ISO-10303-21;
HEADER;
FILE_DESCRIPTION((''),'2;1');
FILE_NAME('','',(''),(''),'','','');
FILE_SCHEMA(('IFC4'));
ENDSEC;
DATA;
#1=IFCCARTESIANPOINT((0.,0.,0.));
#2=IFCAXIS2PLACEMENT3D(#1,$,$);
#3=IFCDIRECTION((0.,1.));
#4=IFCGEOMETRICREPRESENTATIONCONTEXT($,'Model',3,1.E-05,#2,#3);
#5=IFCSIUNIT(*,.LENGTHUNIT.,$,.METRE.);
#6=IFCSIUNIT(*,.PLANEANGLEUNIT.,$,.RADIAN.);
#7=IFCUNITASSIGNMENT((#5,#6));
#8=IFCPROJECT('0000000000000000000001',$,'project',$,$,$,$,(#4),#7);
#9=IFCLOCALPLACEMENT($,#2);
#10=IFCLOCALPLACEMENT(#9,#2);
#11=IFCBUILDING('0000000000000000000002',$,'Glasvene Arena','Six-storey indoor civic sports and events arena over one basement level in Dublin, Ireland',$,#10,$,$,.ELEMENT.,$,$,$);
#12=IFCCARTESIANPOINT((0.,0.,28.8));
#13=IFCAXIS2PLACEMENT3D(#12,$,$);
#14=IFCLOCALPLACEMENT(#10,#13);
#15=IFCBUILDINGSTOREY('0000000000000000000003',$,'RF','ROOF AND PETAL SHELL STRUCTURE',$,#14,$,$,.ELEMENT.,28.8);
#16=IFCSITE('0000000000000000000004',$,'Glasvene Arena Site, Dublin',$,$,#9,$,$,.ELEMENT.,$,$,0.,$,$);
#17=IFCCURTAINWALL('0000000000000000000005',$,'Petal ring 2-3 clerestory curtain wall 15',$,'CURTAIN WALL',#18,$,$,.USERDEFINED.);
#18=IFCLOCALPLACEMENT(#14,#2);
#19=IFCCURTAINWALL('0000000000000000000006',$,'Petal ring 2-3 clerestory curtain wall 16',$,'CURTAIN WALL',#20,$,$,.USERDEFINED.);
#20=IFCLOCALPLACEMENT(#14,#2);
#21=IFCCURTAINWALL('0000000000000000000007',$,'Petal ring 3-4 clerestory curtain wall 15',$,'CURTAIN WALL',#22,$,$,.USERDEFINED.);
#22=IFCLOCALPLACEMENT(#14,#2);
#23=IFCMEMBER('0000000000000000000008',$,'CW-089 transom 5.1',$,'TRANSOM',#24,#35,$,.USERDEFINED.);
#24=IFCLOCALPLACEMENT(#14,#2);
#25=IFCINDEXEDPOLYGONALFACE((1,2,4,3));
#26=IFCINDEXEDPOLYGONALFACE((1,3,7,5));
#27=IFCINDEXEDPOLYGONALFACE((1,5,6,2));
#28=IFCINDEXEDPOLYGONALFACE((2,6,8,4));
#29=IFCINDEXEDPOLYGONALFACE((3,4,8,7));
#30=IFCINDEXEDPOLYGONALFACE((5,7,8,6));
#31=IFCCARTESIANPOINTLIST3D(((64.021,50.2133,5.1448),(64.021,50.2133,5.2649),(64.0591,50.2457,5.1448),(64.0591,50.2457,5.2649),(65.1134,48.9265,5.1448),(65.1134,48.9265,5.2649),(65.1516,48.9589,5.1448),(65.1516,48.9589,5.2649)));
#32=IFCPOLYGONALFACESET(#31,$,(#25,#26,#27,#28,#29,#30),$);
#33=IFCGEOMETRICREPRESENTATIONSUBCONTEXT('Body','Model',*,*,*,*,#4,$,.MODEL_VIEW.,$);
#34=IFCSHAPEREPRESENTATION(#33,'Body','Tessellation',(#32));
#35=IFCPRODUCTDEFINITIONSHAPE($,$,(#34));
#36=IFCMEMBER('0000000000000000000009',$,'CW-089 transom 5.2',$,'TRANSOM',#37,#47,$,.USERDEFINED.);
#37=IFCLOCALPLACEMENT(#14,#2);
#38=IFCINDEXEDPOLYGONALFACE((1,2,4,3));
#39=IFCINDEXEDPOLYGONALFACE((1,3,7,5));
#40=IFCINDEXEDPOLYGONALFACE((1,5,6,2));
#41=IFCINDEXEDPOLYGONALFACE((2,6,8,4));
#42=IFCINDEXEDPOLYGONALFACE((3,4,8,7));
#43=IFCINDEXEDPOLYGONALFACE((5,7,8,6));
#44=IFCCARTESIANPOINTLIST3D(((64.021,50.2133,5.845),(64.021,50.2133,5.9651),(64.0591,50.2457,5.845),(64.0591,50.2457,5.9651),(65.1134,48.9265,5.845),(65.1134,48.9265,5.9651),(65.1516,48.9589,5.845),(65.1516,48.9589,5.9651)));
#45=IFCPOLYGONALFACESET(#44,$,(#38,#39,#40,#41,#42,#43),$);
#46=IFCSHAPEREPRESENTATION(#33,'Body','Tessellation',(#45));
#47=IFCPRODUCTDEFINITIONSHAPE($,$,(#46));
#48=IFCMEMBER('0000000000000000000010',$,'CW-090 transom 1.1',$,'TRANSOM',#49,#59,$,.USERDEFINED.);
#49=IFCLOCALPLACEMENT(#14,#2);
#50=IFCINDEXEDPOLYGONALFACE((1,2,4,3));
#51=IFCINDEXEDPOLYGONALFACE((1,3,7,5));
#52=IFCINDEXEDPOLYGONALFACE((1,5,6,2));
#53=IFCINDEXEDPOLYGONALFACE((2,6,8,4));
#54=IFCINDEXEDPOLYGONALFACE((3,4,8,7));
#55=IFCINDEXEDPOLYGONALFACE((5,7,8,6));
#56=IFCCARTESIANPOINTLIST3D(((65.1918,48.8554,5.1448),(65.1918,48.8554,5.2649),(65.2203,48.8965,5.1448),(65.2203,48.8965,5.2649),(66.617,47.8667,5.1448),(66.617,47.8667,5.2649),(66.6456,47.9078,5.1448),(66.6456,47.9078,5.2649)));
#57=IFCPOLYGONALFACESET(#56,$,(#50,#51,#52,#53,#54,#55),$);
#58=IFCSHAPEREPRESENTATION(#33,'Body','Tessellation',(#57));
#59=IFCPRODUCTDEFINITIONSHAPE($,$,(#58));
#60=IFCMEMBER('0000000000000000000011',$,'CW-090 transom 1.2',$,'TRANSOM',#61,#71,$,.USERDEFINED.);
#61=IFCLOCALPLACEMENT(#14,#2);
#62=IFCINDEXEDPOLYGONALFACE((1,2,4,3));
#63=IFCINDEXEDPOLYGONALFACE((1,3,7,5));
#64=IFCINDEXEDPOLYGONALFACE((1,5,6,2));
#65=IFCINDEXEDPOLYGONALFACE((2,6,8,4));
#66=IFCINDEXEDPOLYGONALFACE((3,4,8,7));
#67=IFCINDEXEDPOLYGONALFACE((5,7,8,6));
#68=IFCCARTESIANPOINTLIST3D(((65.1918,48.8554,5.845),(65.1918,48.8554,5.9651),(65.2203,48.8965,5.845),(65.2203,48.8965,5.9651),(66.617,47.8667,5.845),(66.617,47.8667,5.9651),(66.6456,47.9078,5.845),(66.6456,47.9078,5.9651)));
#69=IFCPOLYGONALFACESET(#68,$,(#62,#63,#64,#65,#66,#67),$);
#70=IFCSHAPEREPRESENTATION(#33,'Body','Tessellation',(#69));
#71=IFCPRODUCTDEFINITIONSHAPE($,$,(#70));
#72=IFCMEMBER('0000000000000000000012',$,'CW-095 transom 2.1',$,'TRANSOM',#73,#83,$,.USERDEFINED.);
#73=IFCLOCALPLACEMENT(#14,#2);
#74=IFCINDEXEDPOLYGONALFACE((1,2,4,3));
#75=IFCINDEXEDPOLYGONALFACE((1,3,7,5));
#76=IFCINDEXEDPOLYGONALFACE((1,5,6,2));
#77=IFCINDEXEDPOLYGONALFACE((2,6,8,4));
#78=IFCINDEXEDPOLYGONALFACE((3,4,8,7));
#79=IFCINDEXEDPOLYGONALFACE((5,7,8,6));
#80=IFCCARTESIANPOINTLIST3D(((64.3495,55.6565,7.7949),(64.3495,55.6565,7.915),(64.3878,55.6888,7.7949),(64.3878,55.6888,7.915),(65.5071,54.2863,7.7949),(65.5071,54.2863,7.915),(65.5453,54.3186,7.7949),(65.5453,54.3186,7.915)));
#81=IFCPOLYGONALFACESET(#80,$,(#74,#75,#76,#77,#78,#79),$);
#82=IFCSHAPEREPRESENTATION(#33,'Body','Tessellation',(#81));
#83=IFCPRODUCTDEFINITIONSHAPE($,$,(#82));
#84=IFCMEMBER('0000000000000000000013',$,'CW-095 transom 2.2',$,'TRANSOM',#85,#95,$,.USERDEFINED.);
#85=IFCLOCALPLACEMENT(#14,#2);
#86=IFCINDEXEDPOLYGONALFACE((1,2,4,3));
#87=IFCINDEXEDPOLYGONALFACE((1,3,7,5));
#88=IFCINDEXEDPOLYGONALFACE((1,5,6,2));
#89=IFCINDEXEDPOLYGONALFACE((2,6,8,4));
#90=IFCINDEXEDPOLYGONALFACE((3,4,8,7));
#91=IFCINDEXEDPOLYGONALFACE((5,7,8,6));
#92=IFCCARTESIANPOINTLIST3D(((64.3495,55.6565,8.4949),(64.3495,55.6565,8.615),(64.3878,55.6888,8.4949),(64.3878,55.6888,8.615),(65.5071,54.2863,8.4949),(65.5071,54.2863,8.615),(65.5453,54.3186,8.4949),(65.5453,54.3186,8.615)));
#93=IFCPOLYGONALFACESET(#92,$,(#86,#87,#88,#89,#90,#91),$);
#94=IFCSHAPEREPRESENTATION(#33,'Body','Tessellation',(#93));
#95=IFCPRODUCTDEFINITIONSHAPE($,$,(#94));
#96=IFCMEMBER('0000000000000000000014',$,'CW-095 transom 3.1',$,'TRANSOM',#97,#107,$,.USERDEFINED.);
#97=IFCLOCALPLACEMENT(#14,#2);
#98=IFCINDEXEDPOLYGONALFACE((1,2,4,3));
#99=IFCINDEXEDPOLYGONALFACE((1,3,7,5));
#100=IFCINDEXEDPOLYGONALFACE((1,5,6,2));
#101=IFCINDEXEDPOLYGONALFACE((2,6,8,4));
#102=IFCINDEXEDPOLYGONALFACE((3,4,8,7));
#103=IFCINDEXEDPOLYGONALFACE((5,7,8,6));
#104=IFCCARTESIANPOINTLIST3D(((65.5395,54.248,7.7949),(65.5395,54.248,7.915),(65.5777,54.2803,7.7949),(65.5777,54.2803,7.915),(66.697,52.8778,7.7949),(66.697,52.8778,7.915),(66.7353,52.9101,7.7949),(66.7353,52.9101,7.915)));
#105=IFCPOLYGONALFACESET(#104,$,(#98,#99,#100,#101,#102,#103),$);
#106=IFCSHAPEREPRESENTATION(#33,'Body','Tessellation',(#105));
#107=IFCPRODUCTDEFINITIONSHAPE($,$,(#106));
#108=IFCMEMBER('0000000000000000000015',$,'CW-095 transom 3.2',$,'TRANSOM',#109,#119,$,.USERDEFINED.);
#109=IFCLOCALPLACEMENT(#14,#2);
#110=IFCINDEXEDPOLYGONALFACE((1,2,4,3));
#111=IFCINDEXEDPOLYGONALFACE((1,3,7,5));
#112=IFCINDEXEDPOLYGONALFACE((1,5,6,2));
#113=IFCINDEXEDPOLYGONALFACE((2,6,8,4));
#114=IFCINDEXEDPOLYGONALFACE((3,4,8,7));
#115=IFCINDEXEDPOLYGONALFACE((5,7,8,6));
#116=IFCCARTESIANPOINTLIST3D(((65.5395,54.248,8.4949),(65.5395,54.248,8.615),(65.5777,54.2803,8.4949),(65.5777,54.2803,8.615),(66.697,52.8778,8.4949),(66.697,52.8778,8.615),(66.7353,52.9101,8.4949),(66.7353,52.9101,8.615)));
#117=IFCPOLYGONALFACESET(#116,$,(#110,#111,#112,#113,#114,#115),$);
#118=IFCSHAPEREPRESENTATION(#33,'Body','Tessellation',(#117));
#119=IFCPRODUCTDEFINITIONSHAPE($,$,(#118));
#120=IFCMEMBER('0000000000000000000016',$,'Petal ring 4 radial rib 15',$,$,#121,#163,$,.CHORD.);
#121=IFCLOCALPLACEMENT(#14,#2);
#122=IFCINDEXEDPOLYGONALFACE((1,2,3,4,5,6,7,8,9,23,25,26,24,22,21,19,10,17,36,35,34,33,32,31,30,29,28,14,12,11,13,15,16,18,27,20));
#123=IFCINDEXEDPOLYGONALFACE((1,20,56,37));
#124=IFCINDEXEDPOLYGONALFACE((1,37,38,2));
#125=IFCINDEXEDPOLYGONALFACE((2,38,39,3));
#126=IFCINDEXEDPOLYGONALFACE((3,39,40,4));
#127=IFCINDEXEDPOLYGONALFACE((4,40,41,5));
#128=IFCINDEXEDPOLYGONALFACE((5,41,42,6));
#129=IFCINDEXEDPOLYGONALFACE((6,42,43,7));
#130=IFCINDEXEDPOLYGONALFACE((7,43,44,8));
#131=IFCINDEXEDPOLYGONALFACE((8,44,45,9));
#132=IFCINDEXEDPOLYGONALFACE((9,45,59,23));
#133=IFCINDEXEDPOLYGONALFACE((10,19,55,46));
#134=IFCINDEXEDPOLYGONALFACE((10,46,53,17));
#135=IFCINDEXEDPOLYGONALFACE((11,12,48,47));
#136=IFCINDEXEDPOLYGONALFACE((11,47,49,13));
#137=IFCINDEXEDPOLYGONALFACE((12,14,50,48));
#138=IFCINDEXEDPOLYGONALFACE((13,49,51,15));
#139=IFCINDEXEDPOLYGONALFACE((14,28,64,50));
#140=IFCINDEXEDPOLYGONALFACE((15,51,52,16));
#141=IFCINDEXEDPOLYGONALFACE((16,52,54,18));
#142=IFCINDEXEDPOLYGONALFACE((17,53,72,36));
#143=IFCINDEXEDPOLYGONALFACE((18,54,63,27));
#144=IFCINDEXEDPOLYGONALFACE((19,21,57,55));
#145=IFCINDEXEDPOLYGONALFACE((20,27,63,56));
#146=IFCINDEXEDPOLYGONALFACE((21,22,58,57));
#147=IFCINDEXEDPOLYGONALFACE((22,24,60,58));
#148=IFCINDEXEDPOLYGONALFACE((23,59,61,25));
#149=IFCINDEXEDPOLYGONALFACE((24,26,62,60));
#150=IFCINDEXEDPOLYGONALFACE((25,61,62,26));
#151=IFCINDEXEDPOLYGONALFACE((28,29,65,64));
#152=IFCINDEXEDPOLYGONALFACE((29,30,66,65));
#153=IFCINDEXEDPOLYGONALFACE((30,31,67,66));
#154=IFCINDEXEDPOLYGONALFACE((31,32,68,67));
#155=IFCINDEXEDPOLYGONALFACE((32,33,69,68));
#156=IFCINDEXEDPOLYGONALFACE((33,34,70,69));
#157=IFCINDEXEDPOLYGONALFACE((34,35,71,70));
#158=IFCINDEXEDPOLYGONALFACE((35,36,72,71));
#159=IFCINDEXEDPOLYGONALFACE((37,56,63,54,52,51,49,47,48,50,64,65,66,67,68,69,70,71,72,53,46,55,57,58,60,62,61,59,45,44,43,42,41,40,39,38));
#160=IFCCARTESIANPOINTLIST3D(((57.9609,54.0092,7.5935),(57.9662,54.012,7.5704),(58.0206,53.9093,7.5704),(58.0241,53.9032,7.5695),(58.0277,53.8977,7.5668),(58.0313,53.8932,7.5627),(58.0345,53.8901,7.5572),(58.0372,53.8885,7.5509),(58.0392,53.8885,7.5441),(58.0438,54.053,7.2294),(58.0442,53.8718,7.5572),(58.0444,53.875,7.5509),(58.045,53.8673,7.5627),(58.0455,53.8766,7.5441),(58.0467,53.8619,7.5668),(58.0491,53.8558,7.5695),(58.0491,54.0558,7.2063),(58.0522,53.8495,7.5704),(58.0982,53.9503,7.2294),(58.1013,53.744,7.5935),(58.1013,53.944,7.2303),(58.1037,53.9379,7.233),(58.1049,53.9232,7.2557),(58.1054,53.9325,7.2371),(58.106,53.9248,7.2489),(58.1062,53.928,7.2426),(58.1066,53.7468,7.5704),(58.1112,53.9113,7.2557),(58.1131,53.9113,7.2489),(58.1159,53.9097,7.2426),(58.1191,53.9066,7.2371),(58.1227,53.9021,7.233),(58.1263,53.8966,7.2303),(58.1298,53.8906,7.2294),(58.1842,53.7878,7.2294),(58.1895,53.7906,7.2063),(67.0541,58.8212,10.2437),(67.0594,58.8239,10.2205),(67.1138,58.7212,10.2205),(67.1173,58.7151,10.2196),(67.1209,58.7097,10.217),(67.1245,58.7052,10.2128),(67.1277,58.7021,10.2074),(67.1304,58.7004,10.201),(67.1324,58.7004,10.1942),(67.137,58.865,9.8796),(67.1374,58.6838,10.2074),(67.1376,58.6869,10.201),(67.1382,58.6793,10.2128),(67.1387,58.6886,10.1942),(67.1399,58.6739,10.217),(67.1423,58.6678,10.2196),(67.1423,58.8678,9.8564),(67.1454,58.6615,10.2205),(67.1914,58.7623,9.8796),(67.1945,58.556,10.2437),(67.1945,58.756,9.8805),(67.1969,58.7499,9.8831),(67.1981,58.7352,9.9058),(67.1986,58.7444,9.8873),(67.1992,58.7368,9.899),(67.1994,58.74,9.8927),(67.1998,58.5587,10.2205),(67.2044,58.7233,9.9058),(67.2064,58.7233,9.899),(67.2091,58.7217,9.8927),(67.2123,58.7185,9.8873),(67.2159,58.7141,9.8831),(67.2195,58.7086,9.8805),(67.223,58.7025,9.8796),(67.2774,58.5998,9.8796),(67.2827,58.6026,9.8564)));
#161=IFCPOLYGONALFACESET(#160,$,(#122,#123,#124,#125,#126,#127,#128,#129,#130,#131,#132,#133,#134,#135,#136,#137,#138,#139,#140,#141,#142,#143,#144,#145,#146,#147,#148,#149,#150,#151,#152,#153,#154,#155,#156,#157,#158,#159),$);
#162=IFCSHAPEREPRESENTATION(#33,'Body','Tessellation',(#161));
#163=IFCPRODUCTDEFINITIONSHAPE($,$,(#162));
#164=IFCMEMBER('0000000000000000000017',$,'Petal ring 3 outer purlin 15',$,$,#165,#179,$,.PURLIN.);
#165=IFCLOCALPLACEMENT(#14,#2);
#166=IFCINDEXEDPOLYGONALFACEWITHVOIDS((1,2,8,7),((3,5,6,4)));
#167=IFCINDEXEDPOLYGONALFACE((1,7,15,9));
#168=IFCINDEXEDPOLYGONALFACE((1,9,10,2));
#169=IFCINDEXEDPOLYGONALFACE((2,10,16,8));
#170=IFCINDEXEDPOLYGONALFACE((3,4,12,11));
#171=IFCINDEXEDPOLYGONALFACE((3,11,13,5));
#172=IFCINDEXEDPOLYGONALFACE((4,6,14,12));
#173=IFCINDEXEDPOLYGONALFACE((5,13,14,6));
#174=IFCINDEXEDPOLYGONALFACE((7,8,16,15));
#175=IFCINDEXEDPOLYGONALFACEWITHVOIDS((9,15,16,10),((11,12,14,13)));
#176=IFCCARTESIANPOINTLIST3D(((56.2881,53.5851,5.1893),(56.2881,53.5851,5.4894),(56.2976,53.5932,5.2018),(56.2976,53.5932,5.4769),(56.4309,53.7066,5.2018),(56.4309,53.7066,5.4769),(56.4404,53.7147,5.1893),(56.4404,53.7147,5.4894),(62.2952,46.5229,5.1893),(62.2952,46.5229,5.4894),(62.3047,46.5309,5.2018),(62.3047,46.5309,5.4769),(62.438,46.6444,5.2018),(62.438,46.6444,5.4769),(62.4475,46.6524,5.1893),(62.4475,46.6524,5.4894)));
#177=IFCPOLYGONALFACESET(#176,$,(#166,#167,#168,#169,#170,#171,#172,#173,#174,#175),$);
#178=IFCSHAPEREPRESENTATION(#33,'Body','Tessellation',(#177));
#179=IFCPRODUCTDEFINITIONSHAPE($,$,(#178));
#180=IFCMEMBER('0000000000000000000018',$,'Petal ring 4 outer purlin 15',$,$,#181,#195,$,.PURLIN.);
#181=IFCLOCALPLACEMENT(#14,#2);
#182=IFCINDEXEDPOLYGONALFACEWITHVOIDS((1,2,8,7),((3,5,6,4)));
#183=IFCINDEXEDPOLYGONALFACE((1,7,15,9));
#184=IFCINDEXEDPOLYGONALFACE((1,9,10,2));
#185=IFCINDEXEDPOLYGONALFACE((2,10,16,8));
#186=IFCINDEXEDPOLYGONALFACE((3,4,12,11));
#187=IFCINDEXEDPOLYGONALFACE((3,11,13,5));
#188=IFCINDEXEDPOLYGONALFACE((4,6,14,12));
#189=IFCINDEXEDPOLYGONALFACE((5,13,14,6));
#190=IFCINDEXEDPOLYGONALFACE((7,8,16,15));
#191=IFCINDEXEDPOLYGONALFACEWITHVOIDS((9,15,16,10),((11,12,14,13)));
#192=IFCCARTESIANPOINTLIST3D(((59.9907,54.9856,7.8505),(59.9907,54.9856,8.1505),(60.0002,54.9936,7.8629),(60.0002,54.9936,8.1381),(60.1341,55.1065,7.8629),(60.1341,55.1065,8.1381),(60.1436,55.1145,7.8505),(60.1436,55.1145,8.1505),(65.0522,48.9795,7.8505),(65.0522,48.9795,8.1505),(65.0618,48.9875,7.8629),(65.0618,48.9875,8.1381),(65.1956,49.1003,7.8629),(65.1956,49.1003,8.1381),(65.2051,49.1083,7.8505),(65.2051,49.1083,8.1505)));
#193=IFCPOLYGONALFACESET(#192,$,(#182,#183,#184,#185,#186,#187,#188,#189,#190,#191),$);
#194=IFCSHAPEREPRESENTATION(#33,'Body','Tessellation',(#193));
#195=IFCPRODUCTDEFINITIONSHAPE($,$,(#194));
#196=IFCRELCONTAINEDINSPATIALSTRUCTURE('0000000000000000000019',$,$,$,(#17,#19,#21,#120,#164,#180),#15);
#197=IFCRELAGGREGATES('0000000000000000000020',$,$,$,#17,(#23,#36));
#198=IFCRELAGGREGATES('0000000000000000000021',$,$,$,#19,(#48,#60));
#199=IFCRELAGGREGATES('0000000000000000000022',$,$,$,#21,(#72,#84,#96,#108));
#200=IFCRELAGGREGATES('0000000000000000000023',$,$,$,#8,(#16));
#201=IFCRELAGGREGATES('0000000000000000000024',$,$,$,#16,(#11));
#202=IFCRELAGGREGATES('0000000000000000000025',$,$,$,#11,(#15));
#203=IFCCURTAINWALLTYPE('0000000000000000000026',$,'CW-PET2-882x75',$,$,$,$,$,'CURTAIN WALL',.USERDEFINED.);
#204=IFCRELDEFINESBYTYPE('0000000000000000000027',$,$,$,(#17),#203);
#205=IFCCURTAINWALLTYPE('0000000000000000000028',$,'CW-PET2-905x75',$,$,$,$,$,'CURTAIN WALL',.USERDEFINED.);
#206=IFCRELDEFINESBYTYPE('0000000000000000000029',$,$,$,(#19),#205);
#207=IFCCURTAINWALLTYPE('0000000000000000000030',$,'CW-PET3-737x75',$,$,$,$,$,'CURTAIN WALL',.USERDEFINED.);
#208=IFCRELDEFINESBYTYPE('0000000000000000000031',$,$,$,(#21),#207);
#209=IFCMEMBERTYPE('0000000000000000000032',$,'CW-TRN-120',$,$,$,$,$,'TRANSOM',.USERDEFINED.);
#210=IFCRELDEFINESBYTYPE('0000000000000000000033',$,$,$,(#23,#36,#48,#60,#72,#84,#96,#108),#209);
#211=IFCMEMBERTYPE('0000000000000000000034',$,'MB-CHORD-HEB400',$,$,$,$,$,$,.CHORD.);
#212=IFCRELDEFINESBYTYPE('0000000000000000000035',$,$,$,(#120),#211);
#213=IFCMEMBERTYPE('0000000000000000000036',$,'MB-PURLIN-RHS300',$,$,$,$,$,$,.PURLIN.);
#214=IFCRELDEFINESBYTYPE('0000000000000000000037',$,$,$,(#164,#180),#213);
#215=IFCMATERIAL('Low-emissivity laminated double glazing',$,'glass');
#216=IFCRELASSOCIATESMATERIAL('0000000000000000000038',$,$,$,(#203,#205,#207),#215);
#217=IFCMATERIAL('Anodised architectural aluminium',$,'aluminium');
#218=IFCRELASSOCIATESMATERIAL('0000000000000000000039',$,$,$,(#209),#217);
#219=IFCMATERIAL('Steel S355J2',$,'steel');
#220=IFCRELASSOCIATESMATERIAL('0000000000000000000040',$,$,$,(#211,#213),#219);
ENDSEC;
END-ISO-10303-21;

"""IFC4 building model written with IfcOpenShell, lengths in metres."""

from ifc_helpers import new_model, si_unit, direction, frame, origin, origin_2d, place, context, subcontext, project, spatial, rectangle, hollow_rectangle, i_section, extrude, material, material_profile, profile_set, type_object, element, aggregate, save


model = new_model("IFC4")

# Units and contexts
model_context = context("Model", 3, precision=1e-05, world=origin(), true_north=direction((0.0, 1.0)))
body_context = subcontext(model_context, "Body", "Model", "MODEL_VIEW")
ifc_project = project(units=[si_unit("LENGTHUNIT", "METRE"), si_unit("PLANEANGLEUNIT", "RADIAN")], contexts=[model_context])

# Site, building, storey
site_placement = place(None, origin())
site = spatial("IfcSite", under=ifc_project, at=site_placement, Name="Glasvene Arena Site, Dublin", CompositionType="ELEMENT", RefElevation=0.0)
building_placement = place(site_placement, origin())
building = spatial("IfcBuilding", under=site, at=building_placement, Name="Glasvene Arena", Description="Six-storey indoor civic sports and events arena over one basement level in Dublin, Ireland", CompositionType="ELEMENT")
storey_placement = place(building_placement, frame((0.0, 0.0, 28.8)))
storey = spatial("IfcBuildingStorey", under=building, at=storey_placement, Name="RF", Description="ROOF AND PETAL SHELL STRUCTURE", CompositionType="ELEMENT", Elevation=28.8)

# Curtain wall
ifc_material_1 = material(Name="Low-emissivity laminated double glazing", Category="glass")
curtain_wall_type_1 = type_object("IfcCurtainWallType", Name="CW-PET2-882x75", ElementType="CURTAIN WALL", PredefinedType="USERDEFINED", material=ifc_material_1)
curtain_wall_1_placement = place(storey_placement, frame((59.4597, 55.625, 0.0)))
curtain_wall_1 = element("IfcCurtainWall", 1, at=curtain_wall_1_placement, inside=storey, type_object=curtain_wall_type_1, Name="Petal ring 2-3 clerestory curtain wall 15", ObjectType="CURTAIN WALL", PredefinedType="USERDEFINED")
ifc_material_2 = material(Name="Anodised architectural aluminium", Category="aluminium")

# Curtain wall
curtain_wall_type_2 = type_object("IfcCurtainWallType", Name="CW-PET2-905x75", ElementType="CURTAIN WALL", PredefinedType="USERDEFINED", material=ifc_material_1)
curtain_wall_2_placement = place(storey_placement, frame((65.1648, 48.9043, 0.0)))
curtain_wall_2 = element("IfcCurtainWall", 2, at=curtain_wall_2_placement, inside=storey, type_object=curtain_wall_type_2, Name="Petal ring 2-3 clerestory curtain wall 16", ObjectType="CURTAIN WALL", PredefinedType="USERDEFINED")

# Curtain wall
curtain_wall_type_3 = type_object("IfcCurtainWallType", Name="CW-PET3-737x75", ElementType="CURTAIN WALL", PredefinedType="USERDEFINED", material=ifc_material_1)
curtain_wall_3_placement = place(storey_placement, frame((63.1626, 57.1001, 0.0)))
curtain_wall_3 = element("IfcCurtainWall", 3, at=curtain_wall_3_placement, inside=storey, type_object=curtain_wall_type_3, Name="Petal ring 3-4 clerestory curtain wall 15", ObjectType="CURTAIN WALL", PredefinedType="USERDEFINED")

# Members
ifc_material_profile_1 = material_profile(ifc_material_2, rectangle(XDim=0.05, YDim=0.1201, at=origin_2d()), Name="ALU TRANSOM 50x120")
ifc_profile_set_1 = profile_set([ifc_material_profile_1], Name="Anodised architectural aluminium")
member_type_1 = type_object("IfcMemberType", Name="CW-TRN-120", ElementType="TRANSOM", PredefinedType="USERDEFINED", material=ifc_profile_set_1)
member_1_placement = place(storey_placement, frame((64.04, 50.2295, 5.2048), z_axis=(0.647199, -0.762321, 0.0), x_axis=(0.762321, 0.647199, 0.0)))
member_1 = element("IfcMember", 4, at=member_1_placement, type_object=member_type_1, Name="CW-089 transom 5.1", ObjectType="TRANSOM", PredefinedType="USERDEFINED", context=body_context, shape_type="SweptSolid", body=[
    extrude(rectangle(XDim=0.05, YDim=0.1201, at=origin_2d()), origin(), (0.0, 0.0, 1.0), 1.688),
])
member_2_placement = place(storey_placement, frame((64.04, 50.2295, 5.905), z_axis=(0.647199, -0.762321, 0.0), x_axis=(0.762321, 0.647199, 0.0)))
member_2 = element("IfcMember", 5, at=member_2_placement, type_object=member_type_1, Name="CW-089 transom 5.2", ObjectType="TRANSOM", PredefinedType="USERDEFINED", context=body_context, shape_type="SweptSolid", body=[
    extrude(rectangle(XDim=0.05, YDim=0.1201, at=origin_2d()), origin(), (0.0, 0.0, 1.0), 1.688),
])
member_3_placement = place(storey_placement, frame((65.2061, 48.876, 5.2048), z_axis=(0.821645, -0.57, 0.0), x_axis=(0.57, 0.821645, 0.0)))
member_3 = element("IfcMember", 6, at=member_3_placement, type_object=member_type_1, Name="CW-090 transom 1.1", ObjectType="TRANSOM", PredefinedType="USERDEFINED", context=body_context, shape_type="SweptSolid", body=[
    extrude(rectangle(XDim=0.05, YDim=0.1201, at=origin_2d()), origin(), (0.0, 0.0, 1.0), 1.7346),
])
member_4_placement = place(storey_placement, frame((65.2061, 48.876, 5.905), z_axis=(0.821645, -0.57, 0.0), x_axis=(0.57, 0.821645, 0.0)))
member_4 = element("IfcMember", 7, at=member_4_placement, type_object=member_type_1, Name="CW-090 transom 1.2", ObjectType="TRANSOM", PredefinedType="USERDEFINED", context=body_context, shape_type="SweptSolid", body=[
    extrude(rectangle(XDim=0.05, YDim=0.1201, at=origin_2d()), origin(), (0.0, 0.0, 1.0), 1.7346),
])
member_5_placement = place(storey_placement, frame((64.3687, 55.6726, 7.855), z_axis=(0.645338, -0.763897, 0.0), x_axis=(0.763897, 0.645338, 0.0)))
member_5 = element("IfcMember", 8, at=member_5_placement, type_object=member_type_1, Name="CW-095 transom 2.1", ObjectType="TRANSOM", PredefinedType="USERDEFINED", context=body_context, shape_type="SweptSolid", body=[
    extrude(rectangle(XDim=0.05, YDim=0.1201, at=origin_2d()), origin(), (0.0, 0.0, 1.0), 1.7937),
])
member_6_placement = place(storey_placement, frame((64.3687, 55.6726, 8.5549), z_axis=(0.645338, -0.763897, 0.0), x_axis=(0.763897, 0.645338, 0.0)))
member_6 = element("IfcMember", 9, at=member_6_placement, type_object=member_type_1, Name="CW-095 transom 2.2", ObjectType="TRANSOM", PredefinedType="USERDEFINED", context=body_context, shape_type="SweptSolid", body=[
    extrude(rectangle(XDim=0.05, YDim=0.1201, at=origin_2d()), origin(), (0.0, 0.0, 1.0), 1.7937),
])
member_7_placement = place(storey_placement, frame((65.5586, 54.2642, 7.855), z_axis=(0.645338, -0.763897, 0.0), x_axis=(0.763897, 0.645338, 0.0)))
member_7 = element("IfcMember", 10, at=member_7_placement, type_object=member_type_1, Name="CW-095 transom 3.1", ObjectType="TRANSOM", PredefinedType="USERDEFINED", context=body_context, shape_type="SweptSolid", body=[
    extrude(rectangle(XDim=0.05, YDim=0.1201, at=origin_2d()), origin(), (0.0, 0.0, 1.0), 1.7937),
])
member_8_placement = place(storey_placement, frame((65.5586, 54.2642, 8.5549), z_axis=(0.645338, -0.763897, 0.0), x_axis=(0.763897, 0.645338, 0.0)))
member_8 = element("IfcMember", 11, at=member_8_placement, type_object=member_type_1, Name="CW-095 transom 3.2", ObjectType="TRANSOM", PredefinedType="USERDEFINED", context=body_context, shape_type="SweptSolid", body=[
    extrude(rectangle(XDim=0.05, YDim=0.1201, at=origin_2d()), origin(), (0.0, 0.0, 1.0), 1.7937),
])

# Members
ifc_material_3 = material(Name="Steel S355J2", Category="steel")
ifc_material_profile_2 = material_profile(ifc_material_3, i_section(OverallWidth=0.3, OverallDepth=0.3999, WebThickness=0.0134, FlangeThickness=0.0239, FilletRadius=0.0271, at=origin_2d()), Name="HEB 400")
ifc_profile_set_2 = profile_set([ifc_material_profile_2], Name="Steel S355J2")
member_type_2 = type_object("IfcMemberType", Name="MB-CHORD-HEB400", PredefinedType="CHORD", material=ifc_profile_set_2)
member_9_placement = place(storey_placement, frame((58.0752, 53.8999, 7.3999), z_axis=(0.855929, 0.452944, 0.249453), x_axis=(-0.467731, 0.883871, 0.0)))
element("IfcMember", 12, at=member_9_placement, inside=storey, type_object=member_type_2, Name="Petal ring 4 radial rib 15", PredefinedType="CHORD", context=body_context, shape_type="SweptSolid", body=[
    extrude(i_section(OverallWidth=0.3, OverallDepth=0.3999, WebThickness=0.0134, FlangeThickness=0.0239, FilletRadius=0.0271, at=origin_2d()), origin(), (0.0, 0.0, 1.0), 10.6238),
])
ifc_material_profile_3 = material_profile(ifc_material_3, hollow_rectangle(XDim=0.2, YDim=0.3, WallThickness=0.0125, at=origin_2d()), Name="RHS 300x200x12.5")
ifc_profile_set_3 = profile_set([ifc_material_profile_3], Name="Steel S355J2")
member_type_3 = type_object("IfcMemberType", Name="MB-PURLIN-RHS300", PredefinedType="PURLIN", material=ifc_profile_set_3)
member_10_placement = place(storey_placement, frame((56.3643, 53.6499, 5.3394), z_axis=(0.647909, -0.761718, 0.0), x_axis=(0.761718, 0.647909, 0.0)))
element("IfcMember", 13, at=member_10_placement, inside=storey, type_object=member_type_3, Name="Petal ring 3 outer purlin 15", PredefinedType="PURLIN", context=body_context, shape_type="SweptSolid", body=[
    extrude(hollow_rectangle(XDim=0.2, YDim=0.3, WallThickness=0.0125, at=origin_2d()), origin(), (0.0, 0.0, 1.0), 9.2715),
])
member_11_placement = place(storey_placement, frame((60.0671, 55.05, 8.0005), z_axis=(0.644415, -0.764676, 0.0), x_axis=(0.764676, 0.644415, 0.0)))
element("IfcMember", 14, at=member_11_placement, inside=storey, type_object=member_type_3, Name="Petal ring 4 outer purlin 15", PredefinedType="PURLIN", context=body_context, shape_type="SweptSolid", body=[
    extrude(hollow_rectangle(XDim=0.2, YDim=0.3, WallThickness=0.0125, at=origin_2d()), origin(), (0.0, 0.0, 1.0), 7.8545),
])

aggregate(curtain_wall_1, [member_1, member_2])
aggregate(curtain_wall_2, [member_3, member_4])
aggregate(curtain_wall_3, [member_5, member_6, member_7, member_8])

save(model, "model.ifc")
